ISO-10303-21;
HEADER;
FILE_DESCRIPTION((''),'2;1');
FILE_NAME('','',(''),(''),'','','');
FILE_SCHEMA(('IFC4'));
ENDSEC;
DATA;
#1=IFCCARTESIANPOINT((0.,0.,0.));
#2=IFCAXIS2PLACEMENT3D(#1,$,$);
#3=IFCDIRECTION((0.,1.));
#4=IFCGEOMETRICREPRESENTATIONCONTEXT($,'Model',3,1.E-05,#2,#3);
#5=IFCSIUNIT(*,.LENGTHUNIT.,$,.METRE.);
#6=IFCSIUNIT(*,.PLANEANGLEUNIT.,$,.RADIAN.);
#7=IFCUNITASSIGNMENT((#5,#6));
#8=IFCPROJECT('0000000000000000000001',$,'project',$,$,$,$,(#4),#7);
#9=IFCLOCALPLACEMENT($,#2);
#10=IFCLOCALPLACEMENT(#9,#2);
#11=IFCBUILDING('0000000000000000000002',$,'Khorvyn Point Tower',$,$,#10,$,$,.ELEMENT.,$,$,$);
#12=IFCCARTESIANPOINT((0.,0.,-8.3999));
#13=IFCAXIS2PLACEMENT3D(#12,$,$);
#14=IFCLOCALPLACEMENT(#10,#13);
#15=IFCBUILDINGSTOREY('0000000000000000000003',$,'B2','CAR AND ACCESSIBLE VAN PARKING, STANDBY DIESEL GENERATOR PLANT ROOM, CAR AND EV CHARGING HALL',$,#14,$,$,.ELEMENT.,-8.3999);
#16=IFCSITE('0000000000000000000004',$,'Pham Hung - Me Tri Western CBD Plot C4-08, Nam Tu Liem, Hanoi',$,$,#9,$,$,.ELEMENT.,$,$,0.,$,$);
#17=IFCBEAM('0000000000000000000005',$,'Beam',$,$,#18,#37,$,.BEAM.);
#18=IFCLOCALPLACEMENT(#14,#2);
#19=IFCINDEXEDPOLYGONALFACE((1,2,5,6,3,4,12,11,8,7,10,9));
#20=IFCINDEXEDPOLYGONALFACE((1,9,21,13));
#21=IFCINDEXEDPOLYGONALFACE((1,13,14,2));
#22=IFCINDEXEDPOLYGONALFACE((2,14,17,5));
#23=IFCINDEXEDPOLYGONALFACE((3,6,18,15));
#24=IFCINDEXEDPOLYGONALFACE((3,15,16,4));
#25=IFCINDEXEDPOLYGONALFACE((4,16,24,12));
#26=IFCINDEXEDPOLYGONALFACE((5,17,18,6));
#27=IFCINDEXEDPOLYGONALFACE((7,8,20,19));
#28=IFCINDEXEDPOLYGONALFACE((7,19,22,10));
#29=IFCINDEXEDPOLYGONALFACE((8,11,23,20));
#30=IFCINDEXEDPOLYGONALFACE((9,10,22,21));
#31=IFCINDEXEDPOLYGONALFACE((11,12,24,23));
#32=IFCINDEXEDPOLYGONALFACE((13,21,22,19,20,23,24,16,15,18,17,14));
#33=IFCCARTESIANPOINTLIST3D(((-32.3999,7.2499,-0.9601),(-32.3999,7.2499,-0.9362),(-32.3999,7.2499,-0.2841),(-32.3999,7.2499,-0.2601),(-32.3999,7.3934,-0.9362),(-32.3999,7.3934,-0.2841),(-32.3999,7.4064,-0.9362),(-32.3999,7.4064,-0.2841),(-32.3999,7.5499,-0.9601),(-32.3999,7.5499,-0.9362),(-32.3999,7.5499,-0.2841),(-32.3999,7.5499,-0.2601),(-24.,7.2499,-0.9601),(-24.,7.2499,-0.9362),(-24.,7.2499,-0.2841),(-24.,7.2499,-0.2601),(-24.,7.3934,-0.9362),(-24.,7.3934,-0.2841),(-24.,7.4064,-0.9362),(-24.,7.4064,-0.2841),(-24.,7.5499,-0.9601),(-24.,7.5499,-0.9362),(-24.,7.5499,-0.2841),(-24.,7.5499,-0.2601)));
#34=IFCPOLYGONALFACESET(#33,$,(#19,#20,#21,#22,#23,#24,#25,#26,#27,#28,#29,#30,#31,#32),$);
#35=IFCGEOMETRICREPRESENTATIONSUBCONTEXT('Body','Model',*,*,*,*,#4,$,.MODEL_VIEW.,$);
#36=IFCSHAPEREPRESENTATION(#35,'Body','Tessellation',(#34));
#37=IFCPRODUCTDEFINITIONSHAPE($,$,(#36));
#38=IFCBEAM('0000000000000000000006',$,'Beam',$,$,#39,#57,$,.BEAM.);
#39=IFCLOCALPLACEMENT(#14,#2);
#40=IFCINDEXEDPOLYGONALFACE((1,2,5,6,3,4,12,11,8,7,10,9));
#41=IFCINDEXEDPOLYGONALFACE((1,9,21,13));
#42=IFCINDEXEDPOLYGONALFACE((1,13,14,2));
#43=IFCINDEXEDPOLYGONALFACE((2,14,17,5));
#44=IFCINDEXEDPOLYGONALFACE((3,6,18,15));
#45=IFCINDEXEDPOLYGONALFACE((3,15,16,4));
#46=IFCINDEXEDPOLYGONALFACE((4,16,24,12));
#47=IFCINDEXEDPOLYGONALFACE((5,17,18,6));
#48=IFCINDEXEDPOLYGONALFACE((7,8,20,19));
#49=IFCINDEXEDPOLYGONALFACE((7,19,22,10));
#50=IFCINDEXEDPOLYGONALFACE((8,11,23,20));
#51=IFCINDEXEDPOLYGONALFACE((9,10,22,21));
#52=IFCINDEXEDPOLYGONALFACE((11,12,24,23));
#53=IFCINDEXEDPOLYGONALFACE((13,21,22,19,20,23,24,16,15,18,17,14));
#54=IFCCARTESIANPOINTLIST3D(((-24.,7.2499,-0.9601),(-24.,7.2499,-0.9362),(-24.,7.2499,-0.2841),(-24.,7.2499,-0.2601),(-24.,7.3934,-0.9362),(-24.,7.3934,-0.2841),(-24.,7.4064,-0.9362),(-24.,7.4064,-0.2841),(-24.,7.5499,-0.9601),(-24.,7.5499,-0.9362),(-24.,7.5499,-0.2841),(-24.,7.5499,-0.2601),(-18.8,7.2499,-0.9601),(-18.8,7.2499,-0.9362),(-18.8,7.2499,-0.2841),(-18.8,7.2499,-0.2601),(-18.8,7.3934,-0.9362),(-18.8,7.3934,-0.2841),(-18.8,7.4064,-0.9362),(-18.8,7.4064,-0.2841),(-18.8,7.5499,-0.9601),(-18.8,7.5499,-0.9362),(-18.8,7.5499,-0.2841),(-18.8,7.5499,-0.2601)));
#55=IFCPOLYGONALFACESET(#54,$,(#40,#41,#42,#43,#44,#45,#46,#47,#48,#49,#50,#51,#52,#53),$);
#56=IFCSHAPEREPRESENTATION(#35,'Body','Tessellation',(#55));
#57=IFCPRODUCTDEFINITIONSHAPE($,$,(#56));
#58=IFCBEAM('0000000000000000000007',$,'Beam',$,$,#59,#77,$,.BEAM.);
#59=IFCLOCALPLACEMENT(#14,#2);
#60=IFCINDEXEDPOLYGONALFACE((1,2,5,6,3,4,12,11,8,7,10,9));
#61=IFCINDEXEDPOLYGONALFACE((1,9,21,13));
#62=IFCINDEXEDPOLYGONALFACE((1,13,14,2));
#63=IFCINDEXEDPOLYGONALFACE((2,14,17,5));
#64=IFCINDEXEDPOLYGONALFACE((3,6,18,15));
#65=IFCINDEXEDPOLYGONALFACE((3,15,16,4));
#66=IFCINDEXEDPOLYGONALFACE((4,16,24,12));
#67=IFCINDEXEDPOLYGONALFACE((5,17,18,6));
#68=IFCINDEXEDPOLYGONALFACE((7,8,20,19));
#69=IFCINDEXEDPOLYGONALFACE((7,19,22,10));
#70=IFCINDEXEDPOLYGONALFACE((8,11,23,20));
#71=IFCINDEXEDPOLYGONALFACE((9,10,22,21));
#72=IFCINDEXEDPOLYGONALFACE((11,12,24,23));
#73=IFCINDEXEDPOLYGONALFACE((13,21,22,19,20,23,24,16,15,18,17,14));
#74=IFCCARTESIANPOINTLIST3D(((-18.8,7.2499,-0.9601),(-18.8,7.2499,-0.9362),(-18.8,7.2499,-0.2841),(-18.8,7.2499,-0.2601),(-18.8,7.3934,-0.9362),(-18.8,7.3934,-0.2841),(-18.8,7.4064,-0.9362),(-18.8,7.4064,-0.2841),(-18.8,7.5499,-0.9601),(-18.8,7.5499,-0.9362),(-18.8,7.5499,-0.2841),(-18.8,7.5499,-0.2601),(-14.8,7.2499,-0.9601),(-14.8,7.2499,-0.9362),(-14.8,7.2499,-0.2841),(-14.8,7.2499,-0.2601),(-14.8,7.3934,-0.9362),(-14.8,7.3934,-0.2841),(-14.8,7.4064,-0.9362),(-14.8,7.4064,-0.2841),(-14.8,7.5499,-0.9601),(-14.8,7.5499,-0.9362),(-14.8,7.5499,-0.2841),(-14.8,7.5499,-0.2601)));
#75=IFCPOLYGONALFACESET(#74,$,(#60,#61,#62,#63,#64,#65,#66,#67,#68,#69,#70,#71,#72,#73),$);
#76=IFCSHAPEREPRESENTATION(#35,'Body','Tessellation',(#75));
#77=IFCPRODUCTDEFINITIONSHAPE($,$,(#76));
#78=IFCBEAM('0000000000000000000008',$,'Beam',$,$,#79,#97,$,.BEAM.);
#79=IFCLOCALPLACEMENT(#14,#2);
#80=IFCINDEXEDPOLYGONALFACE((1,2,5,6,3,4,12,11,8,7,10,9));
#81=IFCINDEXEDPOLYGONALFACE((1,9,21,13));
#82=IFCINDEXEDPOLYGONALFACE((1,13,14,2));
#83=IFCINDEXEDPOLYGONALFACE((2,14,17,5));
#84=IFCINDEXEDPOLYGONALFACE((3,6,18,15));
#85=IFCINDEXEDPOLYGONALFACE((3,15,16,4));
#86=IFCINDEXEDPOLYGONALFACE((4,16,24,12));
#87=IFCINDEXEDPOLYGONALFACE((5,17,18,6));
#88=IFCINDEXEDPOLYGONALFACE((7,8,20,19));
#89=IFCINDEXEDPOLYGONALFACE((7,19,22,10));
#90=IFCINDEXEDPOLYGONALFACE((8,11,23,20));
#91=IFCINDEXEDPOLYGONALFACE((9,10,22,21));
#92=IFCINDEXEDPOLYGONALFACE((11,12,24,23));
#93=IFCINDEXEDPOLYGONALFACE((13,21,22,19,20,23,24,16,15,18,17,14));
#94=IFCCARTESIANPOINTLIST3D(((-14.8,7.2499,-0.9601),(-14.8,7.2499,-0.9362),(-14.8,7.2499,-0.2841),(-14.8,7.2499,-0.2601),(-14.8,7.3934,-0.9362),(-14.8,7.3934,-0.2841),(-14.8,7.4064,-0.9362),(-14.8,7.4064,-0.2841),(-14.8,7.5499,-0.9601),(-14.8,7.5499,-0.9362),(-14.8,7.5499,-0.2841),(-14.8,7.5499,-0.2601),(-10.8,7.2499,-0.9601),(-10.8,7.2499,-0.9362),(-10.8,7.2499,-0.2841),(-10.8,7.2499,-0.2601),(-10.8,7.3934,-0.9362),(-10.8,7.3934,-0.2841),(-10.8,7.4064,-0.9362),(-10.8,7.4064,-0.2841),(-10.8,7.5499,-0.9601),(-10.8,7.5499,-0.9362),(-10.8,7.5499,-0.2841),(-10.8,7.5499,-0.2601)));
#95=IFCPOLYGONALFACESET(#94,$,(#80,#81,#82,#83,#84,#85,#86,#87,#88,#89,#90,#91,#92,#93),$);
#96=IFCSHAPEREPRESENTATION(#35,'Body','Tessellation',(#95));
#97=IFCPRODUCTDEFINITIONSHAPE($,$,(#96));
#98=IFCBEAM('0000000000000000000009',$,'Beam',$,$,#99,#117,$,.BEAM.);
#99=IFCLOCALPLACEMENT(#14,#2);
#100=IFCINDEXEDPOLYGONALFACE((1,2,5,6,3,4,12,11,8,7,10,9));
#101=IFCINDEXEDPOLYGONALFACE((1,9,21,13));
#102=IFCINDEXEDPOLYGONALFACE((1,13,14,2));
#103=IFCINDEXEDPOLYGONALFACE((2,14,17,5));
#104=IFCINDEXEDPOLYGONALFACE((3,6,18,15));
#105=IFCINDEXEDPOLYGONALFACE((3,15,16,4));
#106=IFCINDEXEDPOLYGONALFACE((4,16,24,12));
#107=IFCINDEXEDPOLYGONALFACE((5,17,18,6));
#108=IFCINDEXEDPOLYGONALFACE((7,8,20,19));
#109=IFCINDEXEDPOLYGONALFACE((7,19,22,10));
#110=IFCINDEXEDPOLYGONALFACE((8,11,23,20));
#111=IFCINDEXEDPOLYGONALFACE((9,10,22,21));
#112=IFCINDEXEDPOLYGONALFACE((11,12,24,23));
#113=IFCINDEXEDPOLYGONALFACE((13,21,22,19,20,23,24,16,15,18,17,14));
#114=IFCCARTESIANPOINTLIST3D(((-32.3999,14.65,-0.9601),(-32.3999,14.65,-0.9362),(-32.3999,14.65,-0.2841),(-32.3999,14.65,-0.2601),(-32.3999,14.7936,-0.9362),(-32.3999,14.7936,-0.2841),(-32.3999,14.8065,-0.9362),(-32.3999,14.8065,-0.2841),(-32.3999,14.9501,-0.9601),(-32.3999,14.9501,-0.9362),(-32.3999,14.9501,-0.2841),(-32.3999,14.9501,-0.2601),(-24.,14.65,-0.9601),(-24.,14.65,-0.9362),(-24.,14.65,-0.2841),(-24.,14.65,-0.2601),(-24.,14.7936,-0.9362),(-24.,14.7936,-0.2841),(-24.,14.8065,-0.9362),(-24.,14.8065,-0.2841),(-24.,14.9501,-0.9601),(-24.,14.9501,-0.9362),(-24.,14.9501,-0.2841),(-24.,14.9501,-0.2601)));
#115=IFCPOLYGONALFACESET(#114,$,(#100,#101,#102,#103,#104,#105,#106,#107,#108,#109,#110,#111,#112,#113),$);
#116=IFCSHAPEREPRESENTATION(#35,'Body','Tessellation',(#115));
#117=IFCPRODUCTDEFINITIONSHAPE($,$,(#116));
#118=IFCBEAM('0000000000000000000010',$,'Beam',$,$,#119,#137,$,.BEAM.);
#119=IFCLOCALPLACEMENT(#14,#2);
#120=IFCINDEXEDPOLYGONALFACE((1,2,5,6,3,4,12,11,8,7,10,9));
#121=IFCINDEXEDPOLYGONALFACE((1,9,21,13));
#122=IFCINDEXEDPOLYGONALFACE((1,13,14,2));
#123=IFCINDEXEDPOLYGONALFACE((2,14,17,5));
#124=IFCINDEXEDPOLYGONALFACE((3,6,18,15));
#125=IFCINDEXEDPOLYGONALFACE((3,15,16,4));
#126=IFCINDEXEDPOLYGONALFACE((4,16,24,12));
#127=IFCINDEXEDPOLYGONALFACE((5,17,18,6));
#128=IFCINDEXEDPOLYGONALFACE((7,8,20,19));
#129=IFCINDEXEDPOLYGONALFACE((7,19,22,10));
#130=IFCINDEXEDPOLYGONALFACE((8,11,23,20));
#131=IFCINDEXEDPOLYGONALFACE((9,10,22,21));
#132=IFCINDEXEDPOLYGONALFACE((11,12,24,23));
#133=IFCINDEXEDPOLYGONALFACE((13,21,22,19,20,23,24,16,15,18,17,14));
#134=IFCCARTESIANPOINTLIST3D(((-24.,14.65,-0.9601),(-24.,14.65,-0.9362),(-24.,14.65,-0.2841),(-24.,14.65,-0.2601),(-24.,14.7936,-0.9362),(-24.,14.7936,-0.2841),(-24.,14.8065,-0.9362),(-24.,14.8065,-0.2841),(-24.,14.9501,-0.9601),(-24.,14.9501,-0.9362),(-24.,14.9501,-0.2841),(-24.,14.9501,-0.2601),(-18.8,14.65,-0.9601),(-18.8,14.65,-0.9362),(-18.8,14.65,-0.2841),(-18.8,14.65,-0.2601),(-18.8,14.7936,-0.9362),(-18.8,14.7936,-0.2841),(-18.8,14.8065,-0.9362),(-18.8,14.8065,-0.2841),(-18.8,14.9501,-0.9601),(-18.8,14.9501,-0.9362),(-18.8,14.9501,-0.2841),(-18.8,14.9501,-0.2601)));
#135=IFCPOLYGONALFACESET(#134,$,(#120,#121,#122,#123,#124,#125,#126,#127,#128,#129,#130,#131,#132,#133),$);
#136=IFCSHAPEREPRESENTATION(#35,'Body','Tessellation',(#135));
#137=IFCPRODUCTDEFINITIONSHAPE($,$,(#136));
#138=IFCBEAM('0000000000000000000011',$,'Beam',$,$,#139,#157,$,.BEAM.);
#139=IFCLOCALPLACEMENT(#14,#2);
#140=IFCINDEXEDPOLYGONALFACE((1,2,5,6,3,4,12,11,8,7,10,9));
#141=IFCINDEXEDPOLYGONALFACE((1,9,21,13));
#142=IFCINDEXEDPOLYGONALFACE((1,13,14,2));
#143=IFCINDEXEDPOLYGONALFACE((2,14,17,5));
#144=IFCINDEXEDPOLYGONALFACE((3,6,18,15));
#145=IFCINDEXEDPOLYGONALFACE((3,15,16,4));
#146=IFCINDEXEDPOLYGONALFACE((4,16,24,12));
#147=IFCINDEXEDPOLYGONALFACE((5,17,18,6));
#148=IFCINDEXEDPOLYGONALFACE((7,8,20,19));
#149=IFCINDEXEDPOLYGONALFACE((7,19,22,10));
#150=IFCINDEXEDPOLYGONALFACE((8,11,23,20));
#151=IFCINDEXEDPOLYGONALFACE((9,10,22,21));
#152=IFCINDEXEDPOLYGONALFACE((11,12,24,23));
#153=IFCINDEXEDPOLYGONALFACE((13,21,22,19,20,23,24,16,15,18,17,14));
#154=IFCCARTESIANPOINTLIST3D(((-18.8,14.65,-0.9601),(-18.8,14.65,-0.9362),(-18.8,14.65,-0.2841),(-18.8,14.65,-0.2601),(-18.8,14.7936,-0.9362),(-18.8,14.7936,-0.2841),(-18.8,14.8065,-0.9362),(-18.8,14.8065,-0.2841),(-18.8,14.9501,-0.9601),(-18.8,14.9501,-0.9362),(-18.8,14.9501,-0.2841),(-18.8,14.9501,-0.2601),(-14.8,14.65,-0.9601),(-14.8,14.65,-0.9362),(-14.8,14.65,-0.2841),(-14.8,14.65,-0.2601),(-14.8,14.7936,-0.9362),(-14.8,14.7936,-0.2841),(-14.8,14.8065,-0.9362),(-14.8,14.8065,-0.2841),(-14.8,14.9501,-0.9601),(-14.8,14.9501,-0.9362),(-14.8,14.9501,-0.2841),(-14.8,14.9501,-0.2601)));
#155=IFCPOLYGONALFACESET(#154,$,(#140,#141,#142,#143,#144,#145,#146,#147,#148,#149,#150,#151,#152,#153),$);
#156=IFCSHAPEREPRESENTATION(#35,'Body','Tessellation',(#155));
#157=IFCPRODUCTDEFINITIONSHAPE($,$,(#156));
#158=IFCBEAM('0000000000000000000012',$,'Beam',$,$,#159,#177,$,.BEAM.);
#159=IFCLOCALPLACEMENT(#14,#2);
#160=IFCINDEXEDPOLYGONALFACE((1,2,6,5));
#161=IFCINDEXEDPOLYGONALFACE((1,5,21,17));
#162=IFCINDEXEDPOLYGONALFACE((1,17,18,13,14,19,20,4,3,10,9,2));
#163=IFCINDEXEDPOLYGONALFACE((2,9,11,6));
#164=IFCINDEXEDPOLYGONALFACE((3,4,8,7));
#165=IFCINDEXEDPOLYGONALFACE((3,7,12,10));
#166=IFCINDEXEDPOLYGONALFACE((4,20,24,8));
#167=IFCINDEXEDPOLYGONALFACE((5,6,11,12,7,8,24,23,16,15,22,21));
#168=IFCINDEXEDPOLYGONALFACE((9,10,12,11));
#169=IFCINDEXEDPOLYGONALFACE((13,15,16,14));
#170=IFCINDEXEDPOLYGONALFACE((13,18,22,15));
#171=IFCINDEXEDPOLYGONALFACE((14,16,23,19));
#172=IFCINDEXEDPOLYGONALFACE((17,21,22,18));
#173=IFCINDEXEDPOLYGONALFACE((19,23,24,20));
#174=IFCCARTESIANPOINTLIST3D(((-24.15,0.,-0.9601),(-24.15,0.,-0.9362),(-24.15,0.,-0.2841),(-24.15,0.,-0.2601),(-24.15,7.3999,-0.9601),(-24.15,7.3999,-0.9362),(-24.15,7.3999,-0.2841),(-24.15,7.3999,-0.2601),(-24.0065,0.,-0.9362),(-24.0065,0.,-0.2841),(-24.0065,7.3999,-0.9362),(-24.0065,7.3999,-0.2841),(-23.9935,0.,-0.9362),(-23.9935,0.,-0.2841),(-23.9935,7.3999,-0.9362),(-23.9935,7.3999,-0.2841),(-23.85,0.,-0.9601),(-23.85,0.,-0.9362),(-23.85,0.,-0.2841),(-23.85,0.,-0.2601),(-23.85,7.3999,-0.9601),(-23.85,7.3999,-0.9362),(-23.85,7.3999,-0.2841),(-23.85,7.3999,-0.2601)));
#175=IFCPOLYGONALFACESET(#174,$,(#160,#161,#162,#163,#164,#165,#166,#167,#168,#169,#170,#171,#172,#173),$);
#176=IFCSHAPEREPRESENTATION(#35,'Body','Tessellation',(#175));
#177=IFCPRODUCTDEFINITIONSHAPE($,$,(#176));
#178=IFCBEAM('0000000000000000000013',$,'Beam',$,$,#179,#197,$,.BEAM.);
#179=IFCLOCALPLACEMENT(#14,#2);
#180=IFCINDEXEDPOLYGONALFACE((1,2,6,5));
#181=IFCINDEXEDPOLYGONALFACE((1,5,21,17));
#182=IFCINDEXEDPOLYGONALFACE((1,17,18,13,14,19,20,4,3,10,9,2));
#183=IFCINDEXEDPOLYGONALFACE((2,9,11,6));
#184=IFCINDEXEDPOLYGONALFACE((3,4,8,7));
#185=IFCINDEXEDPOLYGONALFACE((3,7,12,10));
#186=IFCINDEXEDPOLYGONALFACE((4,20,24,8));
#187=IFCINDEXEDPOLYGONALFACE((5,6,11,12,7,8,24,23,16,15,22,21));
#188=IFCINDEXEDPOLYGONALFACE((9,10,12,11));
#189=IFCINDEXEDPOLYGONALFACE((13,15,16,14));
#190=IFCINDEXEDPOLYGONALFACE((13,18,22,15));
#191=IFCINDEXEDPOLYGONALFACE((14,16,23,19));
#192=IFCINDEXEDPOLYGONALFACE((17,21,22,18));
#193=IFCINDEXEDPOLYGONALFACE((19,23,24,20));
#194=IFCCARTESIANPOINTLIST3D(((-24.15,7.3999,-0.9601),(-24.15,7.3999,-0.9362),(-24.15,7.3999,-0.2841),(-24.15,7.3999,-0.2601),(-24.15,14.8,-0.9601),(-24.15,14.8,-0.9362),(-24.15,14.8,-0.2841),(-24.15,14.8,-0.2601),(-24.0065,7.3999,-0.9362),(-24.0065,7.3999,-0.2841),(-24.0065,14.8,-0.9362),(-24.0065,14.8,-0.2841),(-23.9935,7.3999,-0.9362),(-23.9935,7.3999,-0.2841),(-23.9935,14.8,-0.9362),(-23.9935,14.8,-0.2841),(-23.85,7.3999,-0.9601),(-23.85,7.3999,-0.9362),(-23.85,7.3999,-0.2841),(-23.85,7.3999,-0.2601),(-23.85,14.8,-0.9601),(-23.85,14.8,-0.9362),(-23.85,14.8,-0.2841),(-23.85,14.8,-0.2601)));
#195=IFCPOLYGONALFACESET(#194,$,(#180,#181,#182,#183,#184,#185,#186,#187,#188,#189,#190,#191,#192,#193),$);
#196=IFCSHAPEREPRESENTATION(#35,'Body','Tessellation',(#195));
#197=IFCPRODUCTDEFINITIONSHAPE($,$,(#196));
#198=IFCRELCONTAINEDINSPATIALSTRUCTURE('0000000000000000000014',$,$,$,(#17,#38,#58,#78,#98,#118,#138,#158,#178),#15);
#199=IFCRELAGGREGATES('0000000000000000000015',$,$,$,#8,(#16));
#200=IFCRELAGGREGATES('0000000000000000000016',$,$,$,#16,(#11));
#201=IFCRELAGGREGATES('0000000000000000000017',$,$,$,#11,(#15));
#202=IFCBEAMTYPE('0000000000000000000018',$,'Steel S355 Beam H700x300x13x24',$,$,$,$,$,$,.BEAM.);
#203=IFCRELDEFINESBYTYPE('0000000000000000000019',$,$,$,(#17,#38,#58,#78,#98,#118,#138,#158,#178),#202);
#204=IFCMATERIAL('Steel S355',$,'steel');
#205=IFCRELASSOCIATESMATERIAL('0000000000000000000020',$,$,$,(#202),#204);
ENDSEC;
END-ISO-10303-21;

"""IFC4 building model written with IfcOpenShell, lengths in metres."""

from ifc_helpers import new_model, si_unit, direction, frame, origin, origin_2d, place, context, subcontext, project, spatial, i_section, extrude, material, material_profile, profile_set, type_object, element, save


model = new_model("IFC4")

# Units and contexts
model_context = context("Model", 3, precision=1e-05, world=origin(), true_north=direction((0.0, 1.0)))
body_context = subcontext(model_context, "Body", "Model", "MODEL_VIEW")
ifc_project = project(units=[si_unit("LENGTHUNIT", "METRE"), si_unit("PLANEANGLEUNIT", "RADIAN")], contexts=[model_context])

# Site, building, storey
site_placement = place(None, origin())
site = spatial("IfcSite", under=ifc_project, at=site_placement, Name="Pham Hung - Me Tri Western CBD Plot C4-08, Nam Tu Liem, Hanoi", CompositionType="ELEMENT", RefElevation=0.0)
building_placement = place(site_placement, origin())
building = spatial("IfcBuilding", under=site, at=building_placement, Name="Khorvyn Point Tower", CompositionType="ELEMENT")
storey_placement = place(building_placement, frame((0.0, 0.0, -8.3999)))
storey = spatial("IfcBuildingStorey", under=building, at=storey_placement, Name="B2", Description="CAR AND ACCESSIBLE VAN PARKING, STANDBY DIESEL GENERATOR PLANT ROOM, CAR AND EV CHARGING HALL", CompositionType="ELEMENT", Elevation=-8.3999)

# Beams
ifc_material_1 = material(Name="Steel S355", Category="steel")
ifc_material_profile_1 = material_profile(ifc_material_1, i_section(OverallWidth=0.3, OverallDepth=0.7, WebThickness=0.0129, FlangeThickness=0.0239, at=origin_2d()))
ifc_profile_set_1 = profile_set([ifc_material_profile_1], Name="Steel S355 H700x300x13x24")
beam_type_1 = type_object("IfcBeamType", Name="Steel S355 Beam H700x300x13x24", PredefinedType="BEAM", material=ifc_profile_set_1)
beam_1_placement = place(storey_placement, frame((-32.3999, 7.3999, -0.6101), z_axis=(1.0, 0.0, 0.0), x_axis=(0.0, 1.0, 0.0)))
element("IfcBeam", 1, at=beam_1_placement, inside=storey, type_object=beam_type_1, Name="Beam", PredefinedType="BEAM", context=body_context, shape_type="SweptSolid", body=[
    extrude(i_section(OverallWidth=0.3, OverallDepth=0.7, WebThickness=0.0129, FlangeThickness=0.0239, at=origin_2d()), origin(), (0.0, 0.0, 1.0), 8.3999),
])
beam_2_placement = place(storey_placement, frame((-24.0, 7.3999, -0.6101), z_axis=(1.0, 0.0, 0.0), x_axis=(0.0, 1.0, 0.0)))
element("IfcBeam", 2, at=beam_2_placement, inside=storey, type_object=beam_type_1, Name="Beam", PredefinedType="BEAM", context=body_context, shape_type="SweptSolid", body=[
    extrude(i_section(OverallWidth=0.3, OverallDepth=0.7, WebThickness=0.0129, FlangeThickness=0.0239, at=origin_2d()), origin(), (0.0, 0.0, 1.0), 5.2),
])
for number, where, z_axis, x_axis, name in (
    (3, (-18.8, 7.3999, -0.6101), (1.0, 0.0, 0.0), (0.0, 1.0, 0.0), "Beam"),
    (4, (-14.8, 7.3999, -0.6101), (1.0, 0.0, 0.0), (0.0, 1.0, 0.0), "Beam"),
):
    element("IfcBeam", number, at=place(storey_placement, frame(where, z_axis=z_axis, x_axis=x_axis)), inside=storey, type_object=beam_type_1, Name=name, PredefinedType="BEAM", context=body_context, shape_type="SweptSolid", body=[
        extrude(i_section(OverallWidth=0.3, OverallDepth=0.7, WebThickness=0.0129, FlangeThickness=0.0239, at=origin_2d()), origin(), (0.0, 0.0, 1.0), 4.0),
    ])
beam_3_placement = place(storey_placement, frame((-32.3999, 14.8, -0.6101), z_axis=(1.0, 0.0, 0.0), x_axis=(0.0, 1.0, 0.0)))
element("IfcBeam", 5, at=beam_3_placement, inside=storey, type_object=beam_type_1, Name="Beam", PredefinedType="BEAM", context=body_context, shape_type="SweptSolid", body=[
    extrude(i_section(OverallWidth=0.3, OverallDepth=0.7, WebThickness=0.0129, FlangeThickness=0.0239, at=origin_2d()), origin(), (0.0, 0.0, 1.0), 8.3999),
])
beam_4_placement = place(storey_placement, frame((-24.0, 14.8, -0.6101), z_axis=(1.0, 0.0, 0.0), x_axis=(0.0, 1.0, 0.0)))
element("IfcBeam", 6, at=beam_4_placement, inside=storey, type_object=beam_type_1, Name="Beam", PredefinedType="BEAM", context=body_context, shape_type="SweptSolid", body=[
    extrude(i_section(OverallWidth=0.3, OverallDepth=0.7, WebThickness=0.0129, FlangeThickness=0.0239, at=origin_2d()), origin(), (0.0, 0.0, 1.0), 5.2),
])
beam_5_placement = place(storey_placement, frame((-18.8, 14.8, -0.6101), z_axis=(1.0, 0.0, 0.0), x_axis=(0.0, 1.0, 0.0)))
element("IfcBeam", 7, at=beam_5_placement, inside=storey, type_object=beam_type_1, Name="Beam", PredefinedType="BEAM", context=body_context, shape_type="SweptSolid", body=[
    extrude(i_section(OverallWidth=0.3, OverallDepth=0.7, WebThickness=0.0129, FlangeThickness=0.0239, at=origin_2d()), origin(), (0.0, 0.0, 1.0), 4.0),
])
beam_6_placement = place(storey_placement, frame((-24.0, 0.0, -0.6101), z_axis=(0.0, 1.0, 0.0), x_axis=(-1.0, 0.0, 0.0)))
element("IfcBeam", 8, at=beam_6_placement, inside=storey, type_object=beam_type_1, Name="Beam", PredefinedType="BEAM", context=body_context, shape_type="SweptSolid", body=[
    extrude(i_section(OverallWidth=0.3, OverallDepth=0.7, WebThickness=0.0129, FlangeThickness=0.0239, at=origin_2d()), origin(), (0.0, 0.0, 1.0), 7.3999),
])
beam_7_placement = place(storey_placement, frame((-24.0, 7.3999, -0.6101), z_axis=(0.0, 1.0, 0.0), x_axis=(-1.0, 0.0, 0.0)))
element("IfcBeam", 9, at=beam_7_placement, inside=storey, type_object=beam_type_1, Name="Beam", PredefinedType="BEAM", context=body_context, shape_type="SweptSolid", body=[
    extrude(i_section(OverallWidth=0.3, OverallDepth=0.7, WebThickness=0.0129, FlangeThickness=0.0239, at=origin_2d()), origin(), (0.0, 0.0, 1.0), 7.4001),
])

save(model, "model.ifc")
